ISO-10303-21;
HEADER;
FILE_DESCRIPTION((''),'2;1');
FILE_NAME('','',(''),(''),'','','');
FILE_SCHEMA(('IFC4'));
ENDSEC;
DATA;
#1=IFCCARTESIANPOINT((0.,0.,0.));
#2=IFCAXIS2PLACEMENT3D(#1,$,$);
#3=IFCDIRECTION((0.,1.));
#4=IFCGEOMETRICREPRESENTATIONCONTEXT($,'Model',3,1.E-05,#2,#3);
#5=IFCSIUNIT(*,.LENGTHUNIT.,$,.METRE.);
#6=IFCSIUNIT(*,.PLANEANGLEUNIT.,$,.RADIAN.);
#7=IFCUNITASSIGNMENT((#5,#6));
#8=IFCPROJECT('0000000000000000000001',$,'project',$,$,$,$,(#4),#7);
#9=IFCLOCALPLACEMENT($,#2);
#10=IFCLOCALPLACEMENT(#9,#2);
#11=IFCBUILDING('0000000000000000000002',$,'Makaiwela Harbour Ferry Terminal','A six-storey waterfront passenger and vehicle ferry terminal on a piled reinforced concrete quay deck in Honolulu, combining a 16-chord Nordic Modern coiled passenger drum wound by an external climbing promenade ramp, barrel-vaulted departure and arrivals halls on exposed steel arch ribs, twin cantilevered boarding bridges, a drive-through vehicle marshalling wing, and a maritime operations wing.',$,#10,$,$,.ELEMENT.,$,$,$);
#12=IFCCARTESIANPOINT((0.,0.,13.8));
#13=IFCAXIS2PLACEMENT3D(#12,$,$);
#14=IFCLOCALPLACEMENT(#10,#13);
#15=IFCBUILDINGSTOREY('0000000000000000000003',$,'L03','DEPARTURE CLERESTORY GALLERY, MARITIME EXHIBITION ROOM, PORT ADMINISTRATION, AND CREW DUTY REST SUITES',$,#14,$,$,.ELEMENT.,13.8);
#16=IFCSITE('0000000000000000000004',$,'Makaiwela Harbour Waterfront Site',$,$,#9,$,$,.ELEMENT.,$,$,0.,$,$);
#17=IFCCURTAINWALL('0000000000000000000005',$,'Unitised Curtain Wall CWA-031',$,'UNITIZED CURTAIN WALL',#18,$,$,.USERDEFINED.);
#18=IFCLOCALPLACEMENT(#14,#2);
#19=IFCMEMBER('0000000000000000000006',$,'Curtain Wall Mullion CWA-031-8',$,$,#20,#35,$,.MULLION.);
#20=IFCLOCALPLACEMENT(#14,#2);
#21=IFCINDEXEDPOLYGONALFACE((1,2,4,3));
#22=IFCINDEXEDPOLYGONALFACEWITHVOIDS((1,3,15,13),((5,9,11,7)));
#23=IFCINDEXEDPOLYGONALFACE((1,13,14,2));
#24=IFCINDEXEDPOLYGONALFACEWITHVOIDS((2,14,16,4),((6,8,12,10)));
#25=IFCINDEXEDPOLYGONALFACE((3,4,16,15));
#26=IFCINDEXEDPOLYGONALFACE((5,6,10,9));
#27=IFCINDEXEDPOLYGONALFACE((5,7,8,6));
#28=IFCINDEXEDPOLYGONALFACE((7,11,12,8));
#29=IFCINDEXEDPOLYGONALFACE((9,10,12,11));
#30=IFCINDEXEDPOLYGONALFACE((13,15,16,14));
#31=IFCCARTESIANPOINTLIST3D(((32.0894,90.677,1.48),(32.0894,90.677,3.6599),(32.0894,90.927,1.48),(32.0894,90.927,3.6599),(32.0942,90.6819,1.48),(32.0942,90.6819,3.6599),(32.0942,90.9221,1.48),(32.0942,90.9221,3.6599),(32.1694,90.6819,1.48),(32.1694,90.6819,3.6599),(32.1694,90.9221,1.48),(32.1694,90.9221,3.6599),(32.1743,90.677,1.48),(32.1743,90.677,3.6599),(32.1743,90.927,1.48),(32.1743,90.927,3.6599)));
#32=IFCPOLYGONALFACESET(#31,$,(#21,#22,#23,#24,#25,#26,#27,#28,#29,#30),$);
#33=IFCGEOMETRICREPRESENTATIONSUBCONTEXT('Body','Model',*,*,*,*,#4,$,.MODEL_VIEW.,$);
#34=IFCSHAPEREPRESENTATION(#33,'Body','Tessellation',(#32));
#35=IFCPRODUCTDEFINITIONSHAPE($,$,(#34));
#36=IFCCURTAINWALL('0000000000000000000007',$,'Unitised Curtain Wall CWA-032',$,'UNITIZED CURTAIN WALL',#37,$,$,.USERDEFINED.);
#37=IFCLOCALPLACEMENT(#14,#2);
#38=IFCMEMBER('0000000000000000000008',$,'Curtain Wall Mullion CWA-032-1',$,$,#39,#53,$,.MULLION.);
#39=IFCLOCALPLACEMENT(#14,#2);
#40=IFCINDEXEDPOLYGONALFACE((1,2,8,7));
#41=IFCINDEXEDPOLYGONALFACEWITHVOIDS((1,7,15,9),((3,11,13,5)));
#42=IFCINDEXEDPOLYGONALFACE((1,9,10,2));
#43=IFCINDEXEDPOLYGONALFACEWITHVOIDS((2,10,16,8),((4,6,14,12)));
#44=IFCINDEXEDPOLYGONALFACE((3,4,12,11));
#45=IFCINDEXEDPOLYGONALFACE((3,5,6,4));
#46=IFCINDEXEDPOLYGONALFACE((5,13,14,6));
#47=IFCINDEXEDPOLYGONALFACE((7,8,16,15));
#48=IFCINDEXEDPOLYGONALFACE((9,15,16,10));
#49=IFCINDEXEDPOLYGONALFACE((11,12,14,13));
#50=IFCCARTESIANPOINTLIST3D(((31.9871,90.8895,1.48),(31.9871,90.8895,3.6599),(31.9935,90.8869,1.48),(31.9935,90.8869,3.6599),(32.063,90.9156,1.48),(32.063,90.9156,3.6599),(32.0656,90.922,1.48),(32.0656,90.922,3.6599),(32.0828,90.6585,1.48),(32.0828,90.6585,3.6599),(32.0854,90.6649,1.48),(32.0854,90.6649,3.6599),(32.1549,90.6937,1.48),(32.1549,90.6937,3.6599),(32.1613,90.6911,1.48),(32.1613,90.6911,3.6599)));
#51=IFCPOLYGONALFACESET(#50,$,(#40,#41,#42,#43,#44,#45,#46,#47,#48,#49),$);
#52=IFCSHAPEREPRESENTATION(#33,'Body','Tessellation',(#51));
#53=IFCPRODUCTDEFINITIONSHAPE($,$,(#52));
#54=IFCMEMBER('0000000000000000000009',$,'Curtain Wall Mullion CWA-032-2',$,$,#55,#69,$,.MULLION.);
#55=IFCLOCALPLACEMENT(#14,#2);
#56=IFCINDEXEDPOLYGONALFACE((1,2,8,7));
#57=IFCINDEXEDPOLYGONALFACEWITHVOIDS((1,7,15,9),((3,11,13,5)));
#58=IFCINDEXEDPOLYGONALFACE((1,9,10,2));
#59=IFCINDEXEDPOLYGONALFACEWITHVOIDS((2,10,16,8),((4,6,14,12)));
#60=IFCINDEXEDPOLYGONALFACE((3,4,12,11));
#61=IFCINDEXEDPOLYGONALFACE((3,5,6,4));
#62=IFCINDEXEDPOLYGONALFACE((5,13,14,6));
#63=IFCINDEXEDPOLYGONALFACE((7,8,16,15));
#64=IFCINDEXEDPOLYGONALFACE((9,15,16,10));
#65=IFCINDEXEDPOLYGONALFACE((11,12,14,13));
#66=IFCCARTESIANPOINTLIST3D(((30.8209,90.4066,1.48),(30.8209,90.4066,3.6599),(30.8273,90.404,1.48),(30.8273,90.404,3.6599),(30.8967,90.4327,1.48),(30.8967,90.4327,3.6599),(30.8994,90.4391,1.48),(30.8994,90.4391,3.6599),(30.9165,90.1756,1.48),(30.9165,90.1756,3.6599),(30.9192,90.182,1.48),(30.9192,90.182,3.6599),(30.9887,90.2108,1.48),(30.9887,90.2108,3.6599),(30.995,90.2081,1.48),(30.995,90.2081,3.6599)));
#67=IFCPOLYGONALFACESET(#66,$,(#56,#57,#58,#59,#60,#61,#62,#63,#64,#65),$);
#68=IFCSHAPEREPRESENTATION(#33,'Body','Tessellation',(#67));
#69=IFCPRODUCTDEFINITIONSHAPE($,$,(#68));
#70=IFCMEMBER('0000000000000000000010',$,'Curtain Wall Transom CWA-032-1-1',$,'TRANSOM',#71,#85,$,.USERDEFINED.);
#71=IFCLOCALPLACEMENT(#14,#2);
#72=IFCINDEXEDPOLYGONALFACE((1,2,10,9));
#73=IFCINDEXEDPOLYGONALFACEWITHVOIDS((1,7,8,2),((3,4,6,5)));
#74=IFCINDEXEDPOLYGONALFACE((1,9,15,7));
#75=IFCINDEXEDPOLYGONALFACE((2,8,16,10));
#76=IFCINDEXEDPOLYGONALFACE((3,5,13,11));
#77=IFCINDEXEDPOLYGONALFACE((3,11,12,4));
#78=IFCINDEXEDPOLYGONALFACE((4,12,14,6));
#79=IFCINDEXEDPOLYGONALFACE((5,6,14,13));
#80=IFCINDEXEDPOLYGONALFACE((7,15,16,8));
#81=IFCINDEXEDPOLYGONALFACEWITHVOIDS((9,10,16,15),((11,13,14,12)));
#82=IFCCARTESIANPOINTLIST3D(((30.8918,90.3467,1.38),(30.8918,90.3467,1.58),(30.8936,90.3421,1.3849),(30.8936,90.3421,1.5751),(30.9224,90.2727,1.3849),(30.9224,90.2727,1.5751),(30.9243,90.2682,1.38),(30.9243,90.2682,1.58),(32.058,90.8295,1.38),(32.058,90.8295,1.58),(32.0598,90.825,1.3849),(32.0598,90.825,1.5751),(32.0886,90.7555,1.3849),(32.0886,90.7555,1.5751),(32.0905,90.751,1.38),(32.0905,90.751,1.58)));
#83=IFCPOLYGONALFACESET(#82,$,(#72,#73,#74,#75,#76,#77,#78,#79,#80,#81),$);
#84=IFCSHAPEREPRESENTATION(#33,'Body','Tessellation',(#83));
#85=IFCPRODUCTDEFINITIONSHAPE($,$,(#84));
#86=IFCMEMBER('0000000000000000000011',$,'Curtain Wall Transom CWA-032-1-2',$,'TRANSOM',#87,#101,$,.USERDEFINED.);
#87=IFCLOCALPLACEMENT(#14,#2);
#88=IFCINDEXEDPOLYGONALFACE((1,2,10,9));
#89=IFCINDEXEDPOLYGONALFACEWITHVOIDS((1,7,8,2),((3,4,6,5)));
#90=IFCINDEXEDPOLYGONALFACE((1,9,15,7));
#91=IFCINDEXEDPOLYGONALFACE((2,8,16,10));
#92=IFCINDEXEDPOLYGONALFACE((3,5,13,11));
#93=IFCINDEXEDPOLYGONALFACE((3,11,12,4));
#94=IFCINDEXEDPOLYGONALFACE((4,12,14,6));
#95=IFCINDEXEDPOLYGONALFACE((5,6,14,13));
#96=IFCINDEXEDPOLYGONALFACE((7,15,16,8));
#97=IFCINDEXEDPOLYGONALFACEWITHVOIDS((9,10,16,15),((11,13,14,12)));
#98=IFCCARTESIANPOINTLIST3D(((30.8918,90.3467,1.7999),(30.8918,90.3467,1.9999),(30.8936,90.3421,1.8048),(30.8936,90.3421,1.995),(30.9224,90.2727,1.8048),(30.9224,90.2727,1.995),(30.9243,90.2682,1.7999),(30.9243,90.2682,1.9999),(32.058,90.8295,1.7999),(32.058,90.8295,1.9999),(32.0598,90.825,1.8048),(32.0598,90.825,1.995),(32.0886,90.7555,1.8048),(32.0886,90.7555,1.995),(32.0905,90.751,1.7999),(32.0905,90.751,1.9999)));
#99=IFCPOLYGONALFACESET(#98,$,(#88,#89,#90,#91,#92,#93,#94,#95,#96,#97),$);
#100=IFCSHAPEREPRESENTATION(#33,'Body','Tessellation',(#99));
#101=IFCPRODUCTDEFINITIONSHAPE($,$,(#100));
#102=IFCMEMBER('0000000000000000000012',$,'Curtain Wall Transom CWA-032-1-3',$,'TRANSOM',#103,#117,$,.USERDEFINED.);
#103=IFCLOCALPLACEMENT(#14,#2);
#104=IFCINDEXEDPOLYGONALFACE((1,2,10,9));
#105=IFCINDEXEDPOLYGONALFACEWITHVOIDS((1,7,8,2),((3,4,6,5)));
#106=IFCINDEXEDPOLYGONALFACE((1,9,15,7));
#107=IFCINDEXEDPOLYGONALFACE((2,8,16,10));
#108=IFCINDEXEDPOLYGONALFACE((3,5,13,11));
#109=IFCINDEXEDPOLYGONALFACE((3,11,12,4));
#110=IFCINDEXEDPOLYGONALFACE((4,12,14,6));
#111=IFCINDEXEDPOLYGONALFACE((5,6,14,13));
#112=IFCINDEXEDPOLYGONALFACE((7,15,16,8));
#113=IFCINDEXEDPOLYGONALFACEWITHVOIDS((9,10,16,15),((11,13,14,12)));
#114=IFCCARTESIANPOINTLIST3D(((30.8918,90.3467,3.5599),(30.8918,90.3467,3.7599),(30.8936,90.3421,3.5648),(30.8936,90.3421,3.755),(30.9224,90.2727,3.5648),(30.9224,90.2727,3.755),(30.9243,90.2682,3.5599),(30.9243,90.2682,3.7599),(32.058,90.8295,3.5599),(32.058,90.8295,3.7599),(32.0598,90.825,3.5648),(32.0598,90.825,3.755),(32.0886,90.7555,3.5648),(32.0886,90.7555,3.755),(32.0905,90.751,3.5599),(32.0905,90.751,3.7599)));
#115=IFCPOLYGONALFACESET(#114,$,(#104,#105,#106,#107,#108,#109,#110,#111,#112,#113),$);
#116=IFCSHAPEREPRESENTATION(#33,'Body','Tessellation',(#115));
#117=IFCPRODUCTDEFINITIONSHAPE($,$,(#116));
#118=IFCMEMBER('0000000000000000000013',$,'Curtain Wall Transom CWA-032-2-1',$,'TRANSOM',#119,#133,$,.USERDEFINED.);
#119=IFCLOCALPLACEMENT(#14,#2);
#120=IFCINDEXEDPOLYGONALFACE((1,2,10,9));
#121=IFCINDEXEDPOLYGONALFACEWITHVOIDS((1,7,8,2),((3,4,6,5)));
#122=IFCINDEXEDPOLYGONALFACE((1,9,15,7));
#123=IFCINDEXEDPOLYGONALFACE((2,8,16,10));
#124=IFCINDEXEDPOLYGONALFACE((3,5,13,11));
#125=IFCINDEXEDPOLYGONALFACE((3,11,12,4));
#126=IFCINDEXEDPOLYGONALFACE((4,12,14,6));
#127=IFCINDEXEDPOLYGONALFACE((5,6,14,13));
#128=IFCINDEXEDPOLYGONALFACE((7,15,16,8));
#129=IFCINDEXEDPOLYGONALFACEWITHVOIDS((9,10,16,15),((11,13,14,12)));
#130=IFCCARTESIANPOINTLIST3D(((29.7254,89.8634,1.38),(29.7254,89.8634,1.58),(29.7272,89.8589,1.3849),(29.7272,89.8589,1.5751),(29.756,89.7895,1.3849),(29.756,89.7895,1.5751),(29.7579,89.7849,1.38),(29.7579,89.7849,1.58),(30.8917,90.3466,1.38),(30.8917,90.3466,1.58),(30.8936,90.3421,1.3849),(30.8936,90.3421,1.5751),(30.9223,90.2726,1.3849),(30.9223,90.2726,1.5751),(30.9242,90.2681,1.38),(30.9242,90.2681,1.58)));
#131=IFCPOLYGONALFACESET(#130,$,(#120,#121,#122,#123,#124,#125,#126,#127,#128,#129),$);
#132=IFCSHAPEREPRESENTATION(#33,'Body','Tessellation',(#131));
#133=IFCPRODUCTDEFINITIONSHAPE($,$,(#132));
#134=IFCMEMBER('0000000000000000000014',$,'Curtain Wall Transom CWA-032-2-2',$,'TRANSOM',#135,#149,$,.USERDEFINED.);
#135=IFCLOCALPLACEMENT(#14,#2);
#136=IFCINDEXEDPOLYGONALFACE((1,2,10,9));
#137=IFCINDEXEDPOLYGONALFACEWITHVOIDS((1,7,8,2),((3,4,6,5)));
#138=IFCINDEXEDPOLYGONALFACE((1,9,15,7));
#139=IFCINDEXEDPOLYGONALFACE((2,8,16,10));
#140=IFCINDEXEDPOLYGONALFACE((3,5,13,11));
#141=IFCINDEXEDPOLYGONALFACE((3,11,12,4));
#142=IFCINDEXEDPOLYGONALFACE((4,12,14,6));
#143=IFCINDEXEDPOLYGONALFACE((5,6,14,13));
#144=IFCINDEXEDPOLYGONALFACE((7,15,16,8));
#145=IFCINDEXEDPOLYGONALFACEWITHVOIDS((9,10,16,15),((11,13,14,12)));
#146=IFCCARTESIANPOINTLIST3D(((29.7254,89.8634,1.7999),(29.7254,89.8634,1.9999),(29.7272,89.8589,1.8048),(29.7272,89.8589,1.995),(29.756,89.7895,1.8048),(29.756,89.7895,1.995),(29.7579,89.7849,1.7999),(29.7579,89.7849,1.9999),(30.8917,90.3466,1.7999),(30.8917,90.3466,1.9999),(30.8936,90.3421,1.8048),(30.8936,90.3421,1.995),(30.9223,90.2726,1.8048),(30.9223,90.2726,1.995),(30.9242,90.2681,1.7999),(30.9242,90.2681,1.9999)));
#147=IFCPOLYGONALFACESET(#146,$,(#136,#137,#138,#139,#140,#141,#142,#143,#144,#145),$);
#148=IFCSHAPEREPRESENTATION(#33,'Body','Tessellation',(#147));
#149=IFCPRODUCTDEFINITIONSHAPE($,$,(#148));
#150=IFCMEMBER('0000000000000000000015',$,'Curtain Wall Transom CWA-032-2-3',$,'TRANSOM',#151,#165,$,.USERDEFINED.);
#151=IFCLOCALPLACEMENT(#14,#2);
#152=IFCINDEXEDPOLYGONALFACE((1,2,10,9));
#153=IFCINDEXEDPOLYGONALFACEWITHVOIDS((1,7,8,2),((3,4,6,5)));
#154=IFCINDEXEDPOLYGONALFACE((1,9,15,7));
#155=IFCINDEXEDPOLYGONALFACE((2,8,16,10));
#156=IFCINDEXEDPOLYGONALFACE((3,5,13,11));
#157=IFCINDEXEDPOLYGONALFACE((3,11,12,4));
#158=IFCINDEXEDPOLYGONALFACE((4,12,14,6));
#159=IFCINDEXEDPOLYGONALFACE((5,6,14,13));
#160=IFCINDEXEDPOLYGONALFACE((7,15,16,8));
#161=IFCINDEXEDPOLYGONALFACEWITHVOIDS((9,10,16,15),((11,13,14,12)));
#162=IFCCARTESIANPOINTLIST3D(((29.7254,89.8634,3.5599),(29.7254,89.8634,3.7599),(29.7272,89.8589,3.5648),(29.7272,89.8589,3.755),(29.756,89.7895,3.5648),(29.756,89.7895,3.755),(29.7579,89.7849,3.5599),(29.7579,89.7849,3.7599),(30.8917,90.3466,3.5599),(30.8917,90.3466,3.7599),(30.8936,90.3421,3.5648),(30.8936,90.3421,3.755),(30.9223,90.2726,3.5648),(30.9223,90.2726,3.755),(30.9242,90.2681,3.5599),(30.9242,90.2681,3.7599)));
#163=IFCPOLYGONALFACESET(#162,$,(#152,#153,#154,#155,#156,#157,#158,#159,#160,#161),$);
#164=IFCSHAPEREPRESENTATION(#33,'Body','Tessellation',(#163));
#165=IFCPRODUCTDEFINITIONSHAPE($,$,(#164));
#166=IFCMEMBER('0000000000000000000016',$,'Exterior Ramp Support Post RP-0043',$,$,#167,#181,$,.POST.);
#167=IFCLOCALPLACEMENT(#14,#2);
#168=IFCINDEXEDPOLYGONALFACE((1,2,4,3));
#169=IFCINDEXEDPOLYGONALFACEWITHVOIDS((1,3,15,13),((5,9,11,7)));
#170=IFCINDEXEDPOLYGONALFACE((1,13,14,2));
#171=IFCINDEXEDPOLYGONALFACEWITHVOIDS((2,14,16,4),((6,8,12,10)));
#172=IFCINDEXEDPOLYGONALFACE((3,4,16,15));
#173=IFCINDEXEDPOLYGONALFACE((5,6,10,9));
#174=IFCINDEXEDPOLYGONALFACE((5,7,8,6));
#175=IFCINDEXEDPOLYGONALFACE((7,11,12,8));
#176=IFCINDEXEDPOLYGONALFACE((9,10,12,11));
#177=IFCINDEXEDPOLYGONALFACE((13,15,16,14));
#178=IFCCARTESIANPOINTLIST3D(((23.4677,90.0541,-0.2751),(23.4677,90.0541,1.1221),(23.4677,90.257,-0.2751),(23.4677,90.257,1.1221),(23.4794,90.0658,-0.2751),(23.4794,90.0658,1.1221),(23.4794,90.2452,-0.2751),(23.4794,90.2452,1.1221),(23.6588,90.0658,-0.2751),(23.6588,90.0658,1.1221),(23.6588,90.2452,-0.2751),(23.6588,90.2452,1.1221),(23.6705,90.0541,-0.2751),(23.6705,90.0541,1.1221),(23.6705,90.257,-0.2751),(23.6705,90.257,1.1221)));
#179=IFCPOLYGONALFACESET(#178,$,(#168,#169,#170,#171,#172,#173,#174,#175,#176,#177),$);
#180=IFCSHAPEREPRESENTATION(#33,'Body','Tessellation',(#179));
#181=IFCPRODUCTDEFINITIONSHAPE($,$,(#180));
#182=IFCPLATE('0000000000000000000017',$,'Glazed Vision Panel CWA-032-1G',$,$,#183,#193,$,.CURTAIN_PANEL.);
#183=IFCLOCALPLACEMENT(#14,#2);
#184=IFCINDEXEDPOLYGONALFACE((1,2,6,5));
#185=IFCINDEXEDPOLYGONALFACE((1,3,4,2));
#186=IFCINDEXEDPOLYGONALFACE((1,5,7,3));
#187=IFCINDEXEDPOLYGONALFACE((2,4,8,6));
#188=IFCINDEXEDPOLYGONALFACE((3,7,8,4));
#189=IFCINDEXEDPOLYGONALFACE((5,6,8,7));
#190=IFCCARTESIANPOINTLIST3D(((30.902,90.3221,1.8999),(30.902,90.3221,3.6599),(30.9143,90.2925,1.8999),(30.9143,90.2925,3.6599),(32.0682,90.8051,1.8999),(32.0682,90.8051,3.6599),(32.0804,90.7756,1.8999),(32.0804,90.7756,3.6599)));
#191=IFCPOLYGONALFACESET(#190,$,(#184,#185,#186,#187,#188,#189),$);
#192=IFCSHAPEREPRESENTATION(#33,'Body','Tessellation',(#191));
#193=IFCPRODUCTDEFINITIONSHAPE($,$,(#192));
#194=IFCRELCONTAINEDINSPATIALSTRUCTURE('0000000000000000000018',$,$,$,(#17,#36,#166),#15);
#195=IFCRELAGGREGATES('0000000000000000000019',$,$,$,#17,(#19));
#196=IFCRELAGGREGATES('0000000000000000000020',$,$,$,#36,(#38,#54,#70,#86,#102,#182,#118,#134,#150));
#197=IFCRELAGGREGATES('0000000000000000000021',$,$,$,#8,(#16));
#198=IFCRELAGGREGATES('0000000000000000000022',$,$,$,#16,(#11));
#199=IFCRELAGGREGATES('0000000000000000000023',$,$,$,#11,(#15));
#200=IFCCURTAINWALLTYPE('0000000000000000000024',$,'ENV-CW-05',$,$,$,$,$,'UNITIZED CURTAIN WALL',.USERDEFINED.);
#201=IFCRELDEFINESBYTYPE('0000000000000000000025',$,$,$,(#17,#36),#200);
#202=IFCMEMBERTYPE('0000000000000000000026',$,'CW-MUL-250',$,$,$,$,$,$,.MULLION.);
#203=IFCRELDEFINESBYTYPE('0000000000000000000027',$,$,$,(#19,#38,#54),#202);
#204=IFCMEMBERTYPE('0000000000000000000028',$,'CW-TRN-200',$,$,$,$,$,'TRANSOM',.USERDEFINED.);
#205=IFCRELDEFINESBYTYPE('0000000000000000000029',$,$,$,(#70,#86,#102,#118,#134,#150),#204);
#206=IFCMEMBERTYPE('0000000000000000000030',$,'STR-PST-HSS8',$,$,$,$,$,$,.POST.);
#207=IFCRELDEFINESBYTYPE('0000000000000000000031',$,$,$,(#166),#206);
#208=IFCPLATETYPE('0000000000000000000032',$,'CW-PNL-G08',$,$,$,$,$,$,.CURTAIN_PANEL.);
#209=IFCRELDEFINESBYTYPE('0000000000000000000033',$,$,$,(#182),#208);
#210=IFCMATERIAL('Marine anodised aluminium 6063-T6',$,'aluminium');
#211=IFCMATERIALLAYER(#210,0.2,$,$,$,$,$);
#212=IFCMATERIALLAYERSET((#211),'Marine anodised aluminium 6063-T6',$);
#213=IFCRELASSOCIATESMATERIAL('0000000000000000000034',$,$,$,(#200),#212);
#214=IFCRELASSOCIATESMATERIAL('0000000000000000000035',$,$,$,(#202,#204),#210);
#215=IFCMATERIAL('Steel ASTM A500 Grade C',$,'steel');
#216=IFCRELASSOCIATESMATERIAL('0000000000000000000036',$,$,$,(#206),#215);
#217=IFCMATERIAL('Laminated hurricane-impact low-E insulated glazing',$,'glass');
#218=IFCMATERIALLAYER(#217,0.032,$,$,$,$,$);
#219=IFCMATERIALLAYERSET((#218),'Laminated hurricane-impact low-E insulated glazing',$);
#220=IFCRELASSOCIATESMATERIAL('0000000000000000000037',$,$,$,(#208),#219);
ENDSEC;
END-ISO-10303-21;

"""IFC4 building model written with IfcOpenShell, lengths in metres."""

from ifc_helpers import new_model, si_unit, direction, frame, origin, origin_2d, place, context, subcontext, project, spatial, rectangle, hollow_rectangle, extrude, material, layer, layer_set, material_profile, profile_set, type_object, element, aggregate, save


model = new_model("IFC4")

# Units and contexts
model_context = context("Model", 3, precision=1e-05, world=origin(), true_north=direction((0.0, 1.0)))
body_context = subcontext(model_context, "Body", "Model", "MODEL_VIEW")
ifc_project = project(units=[si_unit("LENGTHUNIT", "METRE"), si_unit("PLANEANGLEUNIT", "RADIAN")], contexts=[model_context])

# Site, building, storey
site_placement = place(None, origin())
site = spatial("IfcSite", under=ifc_project, at=site_placement, Name="Makaiwela Harbour Waterfront Site", CompositionType="ELEMENT", RefElevation=0.0)
building_placement = place(site_placement, origin())
building = spatial("IfcBuilding", under=site, at=building_placement, Name="Makaiwela Harbour Ferry Terminal", Description="A six-storey waterfront passenger and vehicle ferry terminal on a piled reinforced concrete quay deck in Honolulu, combining a 16-chord Nordic Modern coiled passenger drum wound by an external climbing promenade ramp, barrel-vaulted departure and arrivals halls on exposed steel arch ribs, twin cantilevered boarding bridges, a drive-through vehicle marshalling wing, and a maritime operations wing.", CompositionType="ELEMENT")
storey_placement = place(building_placement, frame((0.0, 0.0, 13.8)))
storey = spatial("IfcBuildingStorey", under=building, at=storey_placement, Name="L03", Description="DEPARTURE CLERESTORY GALLERY, MARITIME EXHIBITION ROOM, PORT ADMINISTRATION, AND CREW DUTY REST SUITES", CompositionType="ELEMENT", Elevation=13.8)

# Curtain wall, member
ifc_material_1 = material(Name="Marine anodised aluminium 6063-T6", Category="aluminium")
ifc_layer_1 = layer(ifc_material_1, 0.2)
ifc_layer_set_1 = layer_set([ifc_layer_1], Name="Marine anodised aluminium 6063-T6")
curtain_wall_type = type_object("IfcCurtainWallType", Name="ENV-CW-05", ElementType="UNITIZED CURTAIN WALL", PredefinedType="USERDEFINED", material=ifc_layer_set_1)
curtain_wall_1_placement = place(storey_placement, origin())
curtain_wall_1 = element("IfcCurtainWall", 1, at=curtain_wall_1_placement, inside=storey, type_object=curtain_wall_type, Name="Unitised Curtain Wall CWA-031", ObjectType="UNITIZED CURTAIN WALL", PredefinedType="USERDEFINED")
ifc_material_profile_1 = material_profile(ifc_material_1, hollow_rectangle(XDim=0.085, YDim=0.25, WallThickness=0.0049, at=origin_2d()), Name="CWM-250X85")
ifc_profile_set_1 = profile_set([ifc_material_profile_1], Name="Marine anodised aluminium 6063-T6")
member_type_1 = type_object("IfcMemberType", Name="CW-MUL-250", PredefinedType="MULLION", material=ifc_profile_set_1)
member_1_placement = place(storey_placement, frame((32.1318, 90.802, 1.48), z_axis=(0.0, 0.0, 1.0), x_axis=(1.0, 0.0, 0.0)))
member_1 = element("IfcMember", 2, at=member_1_placement, type_object=member_type_1, Name="Curtain Wall Mullion CWA-031-8", PredefinedType="MULLION", context=body_context, shape_type="SweptSolid", body=[
    extrude(hollow_rectangle(XDim=0.085, YDim=0.25, WallThickness=0.0049, at=origin_2d()), origin(), (0.0, 0.0, 1.0), 2.1799),
])

# Curtain wall, members
curtain_wall_2_placement = place(storey_placement, origin())
curtain_wall_2 = element("IfcCurtainWall", 3, at=curtain_wall_2_placement, inside=storey, type_object=curtain_wall_type, Name="Unitised Curtain Wall CWA-032", ObjectType="UNITIZED CURTAIN WALL", PredefinedType="USERDEFINED")
member_2_placement = place(storey_placement, frame((32.0742, 90.7903, 1.48), z_axis=(0.0, 0.0, 1.0), x_axis=(0.92388, 0.382683, 0.0)))
member_2 = element("IfcMember", 4, at=member_2_placement, type_object=member_type_1, Name="Curtain Wall Mullion CWA-032-1", PredefinedType="MULLION", context=body_context, shape_type="SweptSolid", body=[
    extrude(hollow_rectangle(XDim=0.085, YDim=0.25, WallThickness=0.0049, at=origin_2d()), origin(), (0.0, 0.0, 1.0), 2.1799),
])
member_3_placement = place(storey_placement, frame((30.908, 90.3074, 1.48), z_axis=(0.0, 0.0, 1.0), x_axis=(0.92388, 0.382683, 0.0)))
member_3 = element("IfcMember", 5, at=member_3_placement, type_object=member_type_1, Name="Curtain Wall Mullion CWA-032-2", PredefinedType="MULLION", context=body_context, shape_type="SweptSolid", body=[
    extrude(hollow_rectangle(XDim=0.085, YDim=0.25, WallThickness=0.0049, at=origin_2d()), origin(), (0.0, 0.0, 1.0), 2.1799),
])
ifc_material_profile_2 = material_profile(ifc_material_1, hollow_rectangle(XDim=0.085, YDim=0.2, WallThickness=0.0049, at=origin_2d()), Name="CWT-200X85")
ifc_profile_set_2 = profile_set([ifc_material_profile_2], Name="Marine anodised aluminium 6063-T6")
member_type_2 = type_object("IfcMemberType", Name="CW-TRN-200", ElementType="TRANSOM", PredefinedType="USERDEFINED", material=ifc_profile_set_2)
member_4_placement = place(storey_placement, frame((32.0742, 90.7903, 1.48), z_axis=(-0.923927, -0.382568, 0.0), x_axis=(0.382568, -0.923927, 0.0)))
member_4 = element("IfcMember", 6, at=member_4_placement, type_object=member_type_2, Name="Curtain Wall Transom CWA-032-1-1", ObjectType="TRANSOM", PredefinedType="USERDEFINED", context=body_context, shape_type="SweptSolid", body=[
    extrude(hollow_rectangle(XDim=0.085, YDim=0.2, WallThickness=0.0049, at=origin_2d()), origin(), (0.0, 0.0, 1.0), 1.2622),
])
member_5_placement = place(storey_placement, frame((32.0742, 90.7903, 1.8999), z_axis=(-0.923927, -0.382568, 0.0), x_axis=(0.382568, -0.923927, 0.0)))
member_5 = element("IfcMember", 7, at=member_5_placement, type_object=member_type_2, Name="Curtain Wall Transom CWA-032-1-2", ObjectType="TRANSOM", PredefinedType="USERDEFINED", context=body_context, shape_type="SweptSolid", body=[
    extrude(hollow_rectangle(XDim=0.085, YDim=0.2, WallThickness=0.0049, at=origin_2d()), origin(), (0.0, 0.0, 1.0), 1.2622),
])
member_6_placement = place(storey_placement, frame((32.0742, 90.7903, 3.6599), z_axis=(-0.923927, -0.382568, 0.0), x_axis=(0.382568, -0.923927, 0.0)))
member_6 = element("IfcMember", 8, at=member_6_placement, type_object=member_type_2, Name="Curtain Wall Transom CWA-032-1-3", ObjectType="TRANSOM", PredefinedType="USERDEFINED", context=body_context, shape_type="SweptSolid", body=[
    extrude(hollow_rectangle(XDim=0.085, YDim=0.2, WallThickness=0.0049, at=origin_2d()), origin(), (0.0, 0.0, 1.0), 1.2622),
])
member_7_placement = place(storey_placement, frame((30.908, 90.3074, 1.48), z_axis=(-0.923859, -0.382733, 0.0), x_axis=(0.382733, -0.923859, 0.0)))
member_7 = element("IfcMember", 9, at=member_7_placement, type_object=member_type_2, Name="Curtain Wall Transom CWA-032-2-1", ObjectType="TRANSOM", PredefinedType="USERDEFINED", context=body_context, shape_type="SweptSolid", body=[
    extrude(hollow_rectangle(XDim=0.085, YDim=0.2, WallThickness=0.0049, at=origin_2d()), origin(), (0.0, 0.0, 1.0), 1.2625),
])
member_8_placement = place(storey_placement, frame((30.908, 90.3074, 1.8999), z_axis=(-0.923859, -0.382733, 0.0), x_axis=(0.382733, -0.923859, 0.0)))
member_8 = element("IfcMember", 10, at=member_8_placement, type_object=member_type_2, Name="Curtain Wall Transom CWA-032-2-2", ObjectType="TRANSOM", PredefinedType="USERDEFINED", context=body_context, shape_type="SweptSolid", body=[
    extrude(hollow_rectangle(XDim=0.085, YDim=0.2, WallThickness=0.0049, at=origin_2d()), origin(), (0.0, 0.0, 1.0), 1.2625),
])
member_9_placement = place(storey_placement, frame((30.908, 90.3074, 3.6599), z_axis=(-0.923859, -0.382733, 0.0), x_axis=(0.382733, -0.923859, 0.0)))
member_9 = element("IfcMember", 11, at=member_9_placement, type_object=member_type_2, Name="Curtain Wall Transom CWA-032-2-3", ObjectType="TRANSOM", PredefinedType="USERDEFINED", context=body_context, shape_type="SweptSolid", body=[
    extrude(hollow_rectangle(XDim=0.085, YDim=0.2, WallThickness=0.0049, at=origin_2d()), origin(), (0.0, 0.0, 1.0), 1.2625),
])

# Member
ifc_material_2 = material(Name="Steel ASTM A500 Grade C", Category="steel")
ifc_material_profile_3 = material_profile(ifc_material_2, hollow_rectangle(XDim=0.2029, YDim=0.2029, WallThickness=0.0117, at=origin_2d()), Name="HSS8X8X1/2")
ifc_profile_set_3 = profile_set([ifc_material_profile_3], Name="Steel ASTM A500 Grade C")
member_type_3 = type_object("IfcMemberType", Name="STR-PST-HSS8", PredefinedType="POST", material=ifc_profile_set_3)
member_10_placement = place(storey_placement, frame((23.5691, 90.1555, -0.2751), z_axis=(0.0, 0.0, 1.0), x_axis=(1.0, 0.0, 0.0)))
element("IfcMember", 12, at=member_10_placement, inside=storey, type_object=member_type_3, Name="Exterior Ramp Support Post RP-0043", PredefinedType="POST", context=body_context, shape_type="SweptSolid", body=[
    extrude(hollow_rectangle(XDim=0.2029, YDim=0.2029, WallThickness=0.0117, at=origin_2d()), origin(), (0.0, 0.0, 1.0), 1.3972),
])

# Plate
ifc_material_3 = material(Name="Laminated hurricane-impact low-E insulated glazing", Category="glass")
ifc_layer_2 = layer(ifc_material_3, 0.032)
ifc_layer_set_2 = layer_set([ifc_layer_2], Name="Laminated hurricane-impact low-E insulated glazing")
plate_type_1 = type_object("IfcPlateType", Name="CW-PNL-G08", PredefinedType="CURTAIN_PANEL", material=ifc_layer_set_2)
plate_1_placement = place(storey_placement, frame((31.4912, 90.5488, 1.8999), z_axis=(0.0, 0.0, 1.0), x_axis=(-0.92388, -0.382683, 0.0)))
plate_1 = element("IfcPlate", 13, at=plate_1_placement, type_object=plate_type_1, Name="Glazed Vision Panel CWA-032-1G", PredefinedType="CURTAIN_PANEL", context=body_context, shape_type="SweptSolid", body=[
    extrude(rectangle(XDim=1.2622, YDim=0.032, at=origin_2d()), origin(), (0.0, 0.0, 1.0), 1.76),
])
aggregate(curtain_wall_1, [member_1])
aggregate(curtain_wall_2, [member_2, member_3, member_4, member_5, member_6, plate_1, member_7, member_8, member_9])

save(model, "model.ifc")
